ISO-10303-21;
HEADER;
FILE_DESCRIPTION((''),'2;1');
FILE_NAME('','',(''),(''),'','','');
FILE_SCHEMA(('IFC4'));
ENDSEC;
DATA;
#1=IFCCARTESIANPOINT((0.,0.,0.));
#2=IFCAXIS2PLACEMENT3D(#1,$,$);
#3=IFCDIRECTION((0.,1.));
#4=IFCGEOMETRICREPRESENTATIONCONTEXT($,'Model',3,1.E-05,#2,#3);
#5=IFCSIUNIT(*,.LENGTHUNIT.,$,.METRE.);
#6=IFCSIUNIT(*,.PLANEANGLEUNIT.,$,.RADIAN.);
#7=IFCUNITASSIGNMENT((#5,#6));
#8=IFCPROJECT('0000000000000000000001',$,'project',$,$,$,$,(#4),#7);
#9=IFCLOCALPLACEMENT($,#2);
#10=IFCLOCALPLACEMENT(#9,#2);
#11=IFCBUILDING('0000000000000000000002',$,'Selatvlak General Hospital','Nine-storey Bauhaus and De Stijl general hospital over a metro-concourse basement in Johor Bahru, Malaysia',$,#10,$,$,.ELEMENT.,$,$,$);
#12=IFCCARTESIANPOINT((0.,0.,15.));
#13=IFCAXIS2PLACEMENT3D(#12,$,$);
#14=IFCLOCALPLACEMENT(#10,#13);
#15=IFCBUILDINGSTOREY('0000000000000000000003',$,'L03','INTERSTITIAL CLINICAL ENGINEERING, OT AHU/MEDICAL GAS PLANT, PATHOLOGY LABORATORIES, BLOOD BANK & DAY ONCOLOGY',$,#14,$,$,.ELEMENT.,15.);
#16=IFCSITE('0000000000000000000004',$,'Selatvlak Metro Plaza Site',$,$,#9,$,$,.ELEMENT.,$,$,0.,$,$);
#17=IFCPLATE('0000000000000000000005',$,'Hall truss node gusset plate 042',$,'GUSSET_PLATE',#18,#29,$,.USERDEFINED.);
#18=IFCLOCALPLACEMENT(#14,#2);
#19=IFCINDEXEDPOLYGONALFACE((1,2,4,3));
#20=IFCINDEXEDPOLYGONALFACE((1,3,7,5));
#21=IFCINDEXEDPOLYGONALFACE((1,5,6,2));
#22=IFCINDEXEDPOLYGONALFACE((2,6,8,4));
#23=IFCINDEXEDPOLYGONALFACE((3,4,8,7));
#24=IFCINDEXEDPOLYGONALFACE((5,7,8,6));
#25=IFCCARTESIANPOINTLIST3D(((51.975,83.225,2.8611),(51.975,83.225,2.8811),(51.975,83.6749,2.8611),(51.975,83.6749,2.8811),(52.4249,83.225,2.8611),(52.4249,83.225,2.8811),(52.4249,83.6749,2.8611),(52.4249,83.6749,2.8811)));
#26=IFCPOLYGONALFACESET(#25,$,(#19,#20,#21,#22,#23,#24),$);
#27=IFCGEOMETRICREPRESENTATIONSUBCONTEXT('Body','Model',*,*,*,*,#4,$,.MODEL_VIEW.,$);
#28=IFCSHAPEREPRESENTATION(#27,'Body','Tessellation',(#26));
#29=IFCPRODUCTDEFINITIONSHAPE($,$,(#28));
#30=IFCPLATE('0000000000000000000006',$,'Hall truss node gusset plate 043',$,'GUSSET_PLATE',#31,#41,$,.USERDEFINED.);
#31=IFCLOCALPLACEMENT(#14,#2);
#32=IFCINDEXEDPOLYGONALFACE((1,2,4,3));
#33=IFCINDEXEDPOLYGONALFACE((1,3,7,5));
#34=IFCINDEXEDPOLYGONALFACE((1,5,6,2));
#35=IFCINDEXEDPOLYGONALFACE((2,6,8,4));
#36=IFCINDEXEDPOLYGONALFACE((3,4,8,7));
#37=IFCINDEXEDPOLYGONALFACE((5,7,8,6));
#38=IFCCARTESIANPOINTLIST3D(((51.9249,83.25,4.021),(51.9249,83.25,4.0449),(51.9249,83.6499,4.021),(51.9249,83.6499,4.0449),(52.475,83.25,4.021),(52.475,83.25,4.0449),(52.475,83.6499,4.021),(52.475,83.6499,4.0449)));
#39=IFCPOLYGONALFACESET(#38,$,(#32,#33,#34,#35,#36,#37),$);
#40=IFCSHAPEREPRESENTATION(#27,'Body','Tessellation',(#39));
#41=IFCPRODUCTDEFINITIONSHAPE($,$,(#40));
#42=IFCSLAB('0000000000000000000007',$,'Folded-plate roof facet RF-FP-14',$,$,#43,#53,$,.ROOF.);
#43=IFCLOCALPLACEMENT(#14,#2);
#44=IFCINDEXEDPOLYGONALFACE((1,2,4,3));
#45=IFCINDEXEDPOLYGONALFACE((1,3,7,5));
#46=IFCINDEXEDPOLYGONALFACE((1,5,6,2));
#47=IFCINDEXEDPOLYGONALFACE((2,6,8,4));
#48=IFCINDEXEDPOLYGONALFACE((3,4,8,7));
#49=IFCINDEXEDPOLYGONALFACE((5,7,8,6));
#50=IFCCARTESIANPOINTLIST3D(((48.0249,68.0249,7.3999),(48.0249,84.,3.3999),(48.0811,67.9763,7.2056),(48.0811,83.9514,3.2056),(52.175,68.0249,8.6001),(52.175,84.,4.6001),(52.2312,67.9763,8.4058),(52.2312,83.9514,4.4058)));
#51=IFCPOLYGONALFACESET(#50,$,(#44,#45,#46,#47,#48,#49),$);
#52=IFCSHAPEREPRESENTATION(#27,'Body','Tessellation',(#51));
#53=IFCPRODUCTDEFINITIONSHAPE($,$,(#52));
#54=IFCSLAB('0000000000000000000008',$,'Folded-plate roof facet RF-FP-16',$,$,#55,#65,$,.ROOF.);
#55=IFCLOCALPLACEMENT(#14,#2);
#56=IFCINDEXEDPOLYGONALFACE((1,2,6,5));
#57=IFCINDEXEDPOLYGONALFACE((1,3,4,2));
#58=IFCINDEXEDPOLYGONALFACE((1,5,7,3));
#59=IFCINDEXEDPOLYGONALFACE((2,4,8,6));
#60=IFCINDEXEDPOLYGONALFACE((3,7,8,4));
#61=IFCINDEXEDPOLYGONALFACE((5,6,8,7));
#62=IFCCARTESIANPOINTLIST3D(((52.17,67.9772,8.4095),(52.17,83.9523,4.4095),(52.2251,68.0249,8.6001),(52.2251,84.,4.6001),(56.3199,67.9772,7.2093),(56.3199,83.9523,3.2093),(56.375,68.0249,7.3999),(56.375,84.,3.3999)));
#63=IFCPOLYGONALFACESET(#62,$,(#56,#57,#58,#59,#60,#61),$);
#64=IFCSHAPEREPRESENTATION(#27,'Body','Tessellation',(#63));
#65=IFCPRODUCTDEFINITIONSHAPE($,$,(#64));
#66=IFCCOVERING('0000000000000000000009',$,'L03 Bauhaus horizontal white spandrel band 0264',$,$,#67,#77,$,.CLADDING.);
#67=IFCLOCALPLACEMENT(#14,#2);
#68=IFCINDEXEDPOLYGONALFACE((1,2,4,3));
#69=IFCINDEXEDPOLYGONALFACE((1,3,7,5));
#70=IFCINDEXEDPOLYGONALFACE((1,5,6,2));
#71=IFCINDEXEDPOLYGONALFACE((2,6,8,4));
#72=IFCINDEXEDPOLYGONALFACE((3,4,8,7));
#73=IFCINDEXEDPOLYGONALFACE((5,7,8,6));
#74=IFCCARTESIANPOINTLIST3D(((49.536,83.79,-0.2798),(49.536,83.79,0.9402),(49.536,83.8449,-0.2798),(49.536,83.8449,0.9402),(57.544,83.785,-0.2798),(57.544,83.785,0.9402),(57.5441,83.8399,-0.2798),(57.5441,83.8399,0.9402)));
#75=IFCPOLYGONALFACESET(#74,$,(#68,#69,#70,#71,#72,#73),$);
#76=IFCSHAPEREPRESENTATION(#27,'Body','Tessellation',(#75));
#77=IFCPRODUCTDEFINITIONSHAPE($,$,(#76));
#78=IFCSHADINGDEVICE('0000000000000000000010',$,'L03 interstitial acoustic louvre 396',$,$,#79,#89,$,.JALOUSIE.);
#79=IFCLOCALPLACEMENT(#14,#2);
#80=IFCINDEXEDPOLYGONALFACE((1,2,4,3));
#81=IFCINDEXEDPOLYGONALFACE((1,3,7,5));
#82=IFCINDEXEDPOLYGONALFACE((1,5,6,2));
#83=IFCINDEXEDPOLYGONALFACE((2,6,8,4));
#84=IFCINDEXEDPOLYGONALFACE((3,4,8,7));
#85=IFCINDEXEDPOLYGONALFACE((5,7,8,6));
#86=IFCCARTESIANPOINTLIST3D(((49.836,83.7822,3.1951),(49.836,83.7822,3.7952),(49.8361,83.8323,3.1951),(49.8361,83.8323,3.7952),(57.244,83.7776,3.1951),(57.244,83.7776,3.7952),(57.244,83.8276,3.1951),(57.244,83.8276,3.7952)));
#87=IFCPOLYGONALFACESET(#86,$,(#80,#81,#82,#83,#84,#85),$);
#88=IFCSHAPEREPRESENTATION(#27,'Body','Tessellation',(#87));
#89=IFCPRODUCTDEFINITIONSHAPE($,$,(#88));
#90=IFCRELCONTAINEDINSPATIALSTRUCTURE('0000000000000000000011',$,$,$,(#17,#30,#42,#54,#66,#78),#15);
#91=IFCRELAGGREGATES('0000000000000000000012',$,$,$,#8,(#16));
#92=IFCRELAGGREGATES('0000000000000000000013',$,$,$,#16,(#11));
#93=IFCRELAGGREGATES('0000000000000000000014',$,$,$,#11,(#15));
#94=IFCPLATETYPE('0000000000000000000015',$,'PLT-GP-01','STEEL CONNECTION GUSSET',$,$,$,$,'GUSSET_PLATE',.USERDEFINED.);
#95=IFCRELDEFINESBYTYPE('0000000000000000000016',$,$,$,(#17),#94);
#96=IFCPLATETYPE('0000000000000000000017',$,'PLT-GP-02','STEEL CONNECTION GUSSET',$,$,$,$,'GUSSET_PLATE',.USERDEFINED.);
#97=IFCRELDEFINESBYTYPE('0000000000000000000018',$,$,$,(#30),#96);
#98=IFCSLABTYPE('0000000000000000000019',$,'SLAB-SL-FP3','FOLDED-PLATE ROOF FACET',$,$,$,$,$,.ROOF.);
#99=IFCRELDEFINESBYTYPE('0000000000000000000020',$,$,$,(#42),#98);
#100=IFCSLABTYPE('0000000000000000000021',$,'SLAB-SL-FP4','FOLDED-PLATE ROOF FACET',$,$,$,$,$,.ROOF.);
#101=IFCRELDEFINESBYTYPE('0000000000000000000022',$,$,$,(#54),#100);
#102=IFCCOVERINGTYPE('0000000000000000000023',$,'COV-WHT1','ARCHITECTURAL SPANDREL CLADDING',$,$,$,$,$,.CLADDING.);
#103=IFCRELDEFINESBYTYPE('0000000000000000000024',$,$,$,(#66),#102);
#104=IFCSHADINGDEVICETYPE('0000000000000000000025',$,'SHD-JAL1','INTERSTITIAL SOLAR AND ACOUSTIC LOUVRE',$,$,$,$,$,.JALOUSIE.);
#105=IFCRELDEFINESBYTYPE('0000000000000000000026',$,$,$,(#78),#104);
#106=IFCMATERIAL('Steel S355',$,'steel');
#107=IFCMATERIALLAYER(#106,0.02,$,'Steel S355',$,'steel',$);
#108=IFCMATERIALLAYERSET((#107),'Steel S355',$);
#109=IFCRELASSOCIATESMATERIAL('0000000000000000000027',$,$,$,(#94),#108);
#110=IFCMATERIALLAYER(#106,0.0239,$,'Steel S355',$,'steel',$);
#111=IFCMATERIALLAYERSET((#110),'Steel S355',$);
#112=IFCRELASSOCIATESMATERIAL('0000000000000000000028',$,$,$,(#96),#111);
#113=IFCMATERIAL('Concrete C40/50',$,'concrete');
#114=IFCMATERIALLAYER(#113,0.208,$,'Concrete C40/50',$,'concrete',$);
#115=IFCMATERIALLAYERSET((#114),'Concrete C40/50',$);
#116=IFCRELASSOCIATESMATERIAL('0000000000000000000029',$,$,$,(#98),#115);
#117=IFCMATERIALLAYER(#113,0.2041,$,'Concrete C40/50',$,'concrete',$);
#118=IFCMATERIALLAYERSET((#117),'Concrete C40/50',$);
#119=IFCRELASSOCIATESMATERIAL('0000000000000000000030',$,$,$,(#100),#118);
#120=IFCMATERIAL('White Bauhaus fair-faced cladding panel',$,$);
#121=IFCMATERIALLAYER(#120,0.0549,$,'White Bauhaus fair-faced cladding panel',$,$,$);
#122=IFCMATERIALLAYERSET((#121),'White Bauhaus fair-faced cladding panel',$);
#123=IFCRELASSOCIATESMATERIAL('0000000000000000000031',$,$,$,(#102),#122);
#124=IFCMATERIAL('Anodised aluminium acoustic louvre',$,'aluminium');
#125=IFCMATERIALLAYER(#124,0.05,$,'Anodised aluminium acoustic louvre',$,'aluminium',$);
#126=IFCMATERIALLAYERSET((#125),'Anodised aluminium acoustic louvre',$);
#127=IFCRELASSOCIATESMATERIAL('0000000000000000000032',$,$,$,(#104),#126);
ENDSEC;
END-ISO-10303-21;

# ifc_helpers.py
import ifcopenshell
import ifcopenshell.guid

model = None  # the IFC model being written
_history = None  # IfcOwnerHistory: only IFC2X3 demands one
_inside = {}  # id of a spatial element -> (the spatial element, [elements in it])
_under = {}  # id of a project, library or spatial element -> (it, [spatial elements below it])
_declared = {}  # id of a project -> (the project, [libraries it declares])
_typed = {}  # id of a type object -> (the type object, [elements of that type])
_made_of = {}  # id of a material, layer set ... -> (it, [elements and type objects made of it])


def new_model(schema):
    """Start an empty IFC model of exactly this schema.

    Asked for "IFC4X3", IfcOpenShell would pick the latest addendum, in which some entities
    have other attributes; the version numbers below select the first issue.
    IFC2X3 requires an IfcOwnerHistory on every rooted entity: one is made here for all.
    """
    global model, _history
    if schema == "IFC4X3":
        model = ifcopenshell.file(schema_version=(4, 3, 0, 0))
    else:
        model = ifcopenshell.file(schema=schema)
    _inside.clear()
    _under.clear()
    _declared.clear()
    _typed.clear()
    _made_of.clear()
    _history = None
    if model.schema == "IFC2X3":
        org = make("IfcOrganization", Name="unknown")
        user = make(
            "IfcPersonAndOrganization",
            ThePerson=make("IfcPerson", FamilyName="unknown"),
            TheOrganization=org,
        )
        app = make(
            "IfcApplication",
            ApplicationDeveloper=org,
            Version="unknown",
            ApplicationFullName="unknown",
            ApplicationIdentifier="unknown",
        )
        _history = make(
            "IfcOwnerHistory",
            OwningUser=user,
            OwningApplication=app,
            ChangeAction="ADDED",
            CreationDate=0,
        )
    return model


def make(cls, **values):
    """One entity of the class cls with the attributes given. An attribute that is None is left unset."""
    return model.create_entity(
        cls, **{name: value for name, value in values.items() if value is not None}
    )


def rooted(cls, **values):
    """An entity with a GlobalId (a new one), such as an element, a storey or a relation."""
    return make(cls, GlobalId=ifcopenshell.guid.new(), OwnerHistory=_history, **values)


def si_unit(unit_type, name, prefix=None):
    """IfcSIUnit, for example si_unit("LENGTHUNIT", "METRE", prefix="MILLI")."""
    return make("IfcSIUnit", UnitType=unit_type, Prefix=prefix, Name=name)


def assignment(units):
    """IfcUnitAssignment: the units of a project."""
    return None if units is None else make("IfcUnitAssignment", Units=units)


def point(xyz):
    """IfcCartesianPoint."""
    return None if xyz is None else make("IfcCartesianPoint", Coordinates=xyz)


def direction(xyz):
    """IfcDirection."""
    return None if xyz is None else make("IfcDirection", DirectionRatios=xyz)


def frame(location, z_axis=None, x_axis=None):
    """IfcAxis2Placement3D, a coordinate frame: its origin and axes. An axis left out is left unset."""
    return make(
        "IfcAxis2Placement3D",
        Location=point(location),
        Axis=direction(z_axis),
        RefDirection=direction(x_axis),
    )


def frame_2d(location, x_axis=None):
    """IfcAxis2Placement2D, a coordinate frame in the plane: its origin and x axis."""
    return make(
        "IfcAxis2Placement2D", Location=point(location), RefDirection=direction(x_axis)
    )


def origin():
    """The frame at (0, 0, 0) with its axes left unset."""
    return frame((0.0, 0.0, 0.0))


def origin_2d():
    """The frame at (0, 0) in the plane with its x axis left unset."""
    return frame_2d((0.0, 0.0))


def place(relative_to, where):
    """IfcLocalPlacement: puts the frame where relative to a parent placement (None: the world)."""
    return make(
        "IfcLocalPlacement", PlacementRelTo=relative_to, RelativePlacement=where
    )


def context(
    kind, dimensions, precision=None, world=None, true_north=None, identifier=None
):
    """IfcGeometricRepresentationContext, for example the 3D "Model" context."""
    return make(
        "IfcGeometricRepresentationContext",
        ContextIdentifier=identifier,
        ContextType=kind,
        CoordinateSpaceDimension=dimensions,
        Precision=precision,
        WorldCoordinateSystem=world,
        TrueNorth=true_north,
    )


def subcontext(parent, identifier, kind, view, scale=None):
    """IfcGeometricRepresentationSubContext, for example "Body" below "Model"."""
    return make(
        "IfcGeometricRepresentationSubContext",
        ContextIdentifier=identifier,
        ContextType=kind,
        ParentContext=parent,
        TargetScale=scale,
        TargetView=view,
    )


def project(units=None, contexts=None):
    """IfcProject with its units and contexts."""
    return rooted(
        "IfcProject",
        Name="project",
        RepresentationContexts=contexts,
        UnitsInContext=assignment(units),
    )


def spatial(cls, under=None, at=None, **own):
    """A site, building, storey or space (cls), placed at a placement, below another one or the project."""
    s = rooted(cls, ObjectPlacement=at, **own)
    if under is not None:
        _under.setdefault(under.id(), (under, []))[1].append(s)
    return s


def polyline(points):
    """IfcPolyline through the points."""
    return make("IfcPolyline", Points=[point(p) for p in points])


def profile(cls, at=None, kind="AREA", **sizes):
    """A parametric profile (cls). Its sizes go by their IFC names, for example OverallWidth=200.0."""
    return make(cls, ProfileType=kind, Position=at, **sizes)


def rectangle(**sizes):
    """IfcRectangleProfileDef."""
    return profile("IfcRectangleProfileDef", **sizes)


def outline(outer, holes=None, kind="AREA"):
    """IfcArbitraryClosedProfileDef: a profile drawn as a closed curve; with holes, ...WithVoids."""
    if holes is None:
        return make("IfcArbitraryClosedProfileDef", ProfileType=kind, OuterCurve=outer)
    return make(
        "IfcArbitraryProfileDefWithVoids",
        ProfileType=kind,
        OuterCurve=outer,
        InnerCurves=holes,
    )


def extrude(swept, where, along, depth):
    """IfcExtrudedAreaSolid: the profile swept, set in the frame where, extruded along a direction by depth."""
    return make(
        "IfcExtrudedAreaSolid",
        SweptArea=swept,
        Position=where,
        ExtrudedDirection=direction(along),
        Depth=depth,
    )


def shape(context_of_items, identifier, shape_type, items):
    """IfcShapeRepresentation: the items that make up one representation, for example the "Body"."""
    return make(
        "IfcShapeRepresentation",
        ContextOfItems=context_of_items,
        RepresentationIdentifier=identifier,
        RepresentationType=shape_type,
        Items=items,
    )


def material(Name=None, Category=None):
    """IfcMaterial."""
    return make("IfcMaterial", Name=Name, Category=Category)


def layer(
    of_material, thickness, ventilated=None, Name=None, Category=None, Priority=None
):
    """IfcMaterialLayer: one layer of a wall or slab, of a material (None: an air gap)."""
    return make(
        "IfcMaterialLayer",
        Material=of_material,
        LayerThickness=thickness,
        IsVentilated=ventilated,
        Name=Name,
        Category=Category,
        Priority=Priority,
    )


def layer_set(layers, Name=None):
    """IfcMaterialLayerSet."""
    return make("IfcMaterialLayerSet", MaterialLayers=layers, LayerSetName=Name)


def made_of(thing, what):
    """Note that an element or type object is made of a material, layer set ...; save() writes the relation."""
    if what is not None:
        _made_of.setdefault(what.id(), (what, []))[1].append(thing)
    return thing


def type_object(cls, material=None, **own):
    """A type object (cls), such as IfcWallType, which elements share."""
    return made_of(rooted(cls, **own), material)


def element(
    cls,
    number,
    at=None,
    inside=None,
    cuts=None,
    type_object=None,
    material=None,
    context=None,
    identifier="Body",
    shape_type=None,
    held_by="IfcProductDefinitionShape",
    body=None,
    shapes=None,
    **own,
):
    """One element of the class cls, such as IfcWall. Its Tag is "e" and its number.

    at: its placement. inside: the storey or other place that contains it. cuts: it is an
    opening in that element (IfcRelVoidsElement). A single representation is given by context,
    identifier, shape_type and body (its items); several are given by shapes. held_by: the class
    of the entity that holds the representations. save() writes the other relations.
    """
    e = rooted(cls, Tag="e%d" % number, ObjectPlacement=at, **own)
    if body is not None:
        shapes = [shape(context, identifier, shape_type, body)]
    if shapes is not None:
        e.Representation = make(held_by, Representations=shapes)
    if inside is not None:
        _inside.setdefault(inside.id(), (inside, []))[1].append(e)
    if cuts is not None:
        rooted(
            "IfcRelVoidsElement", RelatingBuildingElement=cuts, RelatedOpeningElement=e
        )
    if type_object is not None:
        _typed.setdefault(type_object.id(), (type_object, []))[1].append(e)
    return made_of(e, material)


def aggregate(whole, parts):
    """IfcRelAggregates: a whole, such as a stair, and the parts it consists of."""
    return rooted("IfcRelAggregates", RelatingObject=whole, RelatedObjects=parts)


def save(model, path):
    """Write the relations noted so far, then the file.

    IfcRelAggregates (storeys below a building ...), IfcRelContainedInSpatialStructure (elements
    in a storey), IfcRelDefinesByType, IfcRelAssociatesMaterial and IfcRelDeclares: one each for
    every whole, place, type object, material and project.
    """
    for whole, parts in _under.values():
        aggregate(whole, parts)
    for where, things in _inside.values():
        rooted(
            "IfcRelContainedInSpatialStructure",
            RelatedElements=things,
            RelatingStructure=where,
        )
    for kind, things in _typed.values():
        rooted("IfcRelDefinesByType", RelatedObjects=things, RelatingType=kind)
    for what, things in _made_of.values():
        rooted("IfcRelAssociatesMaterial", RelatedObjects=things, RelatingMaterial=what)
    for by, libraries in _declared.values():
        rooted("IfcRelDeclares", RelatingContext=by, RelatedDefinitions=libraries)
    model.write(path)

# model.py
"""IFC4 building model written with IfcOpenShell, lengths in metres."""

from ifc_helpers import new_model, si_unit, direction, frame, origin, origin_2d, place, context, subcontext, project, spatial, polyline, rectangle, outline, extrude, material, layer, layer_set, type_object, element, save


model = new_model("IFC4")

# Units and contexts
model_context = context("Model", 3, precision=1e-05, world=origin(), true_north=direction((0.0, 1.0)))
body_context = subcontext(model_context, "Body", "Model", "MODEL_VIEW")
ifc_project = project(units=[si_unit("LENGTHUNIT", "METRE"), si_unit("PLANEANGLEUNIT", "RADIAN")], contexts=[model_context])

# Site, building, storey
site_placement = place(None, origin())
site = spatial("IfcSite", under=ifc_project, at=site_placement, Name="Selatvlak Metro Plaza Site", CompositionType="ELEMENT", RefElevation=0.0)
building_placement = place(site_placement, origin())
building = spatial("IfcBuilding", under=site, at=building_placement, Name="Selatvlak General Hospital", Description="Nine-storey Bauhaus and De Stijl general hospital over a metro-concourse basement in Johor Bahru, Malaysia", CompositionType="ELEMENT")
storey_placement = place(building_placement, frame((0.0, 0.0, 15.0)))
storey = spatial("IfcBuildingStorey", under=building, at=storey_placement, Name="L03", Description="INTERSTITIAL CLINICAL ENGINEERING, OT AHU/MEDICAL GAS PLANT, PATHOLOGY LABORATORIES, BLOOD BANK & DAY ONCOLOGY", CompositionType="ELEMENT", Elevation=15.0)

# Shared definitions
ifc_material_1 = material(Name="Steel S355", Category="steel")

# Plates
ifc_layer_1 = layer(ifc_material_1, 0.02, Name="Steel S355", Category="steel")
ifc_layer_set_1 = layer_set([ifc_layer_1], Name="Steel S355")
plate_type_1 = type_object("IfcPlateType", Name="PLT-GP-01", Description="STEEL CONNECTION GUSSET", ElementType="GUSSET_PLATE", PredefinedType="USERDEFINED", material=ifc_layer_set_1)
plate_1_placement = place(storey_placement, frame((52.2, 83.45, 2.8611), z_axis=(0.0, 0.0, 1.0), x_axis=(1.0, 0.0, 0.0)))
element("IfcPlate", 1, at=plate_1_placement, inside=storey, type_object=plate_type_1, Name="Hall truss node gusset plate 042", ObjectType="GUSSET_PLATE", PredefinedType="USERDEFINED", context=body_context, shape_type="SweptSolid", body=[
    extrude(rectangle(XDim=0.45, YDim=0.45, at=origin_2d()), origin(), (0.0, 0.0, 1.0), 0.02),
])
ifc_layer_2 = layer(ifc_material_1, 0.0239, Name="Steel S355", Category="steel")
ifc_layer_set_2 = layer_set([ifc_layer_2], Name="Steel S355")
plate_type_2 = type_object("IfcPlateType", Name="PLT-GP-02", Description="STEEL CONNECTION GUSSET", ElementType="GUSSET_PLATE", PredefinedType="USERDEFINED", material=ifc_layer_set_2)
plate_2_placement = place(storey_placement, frame((52.2, 83.45, 4.021), z_axis=(0.0, 0.0, 1.0), x_axis=(1.0, 0.0, 0.0)))
element("IfcPlate", 2, at=plate_2_placement, inside=storey, type_object=plate_type_2, Name="Hall truss node gusset plate 043", ObjectType="GUSSET_PLATE", PredefinedType="USERDEFINED", context=body_context, shape_type="SweptSolid", body=[
    extrude(rectangle(XDim=0.55, YDim=0.3999, at=origin_2d()), origin(), (0.0, 0.0, 1.0), 0.0239),
])

# Slabs
ifc_material_2 = material(Name="Concrete C40/50", Category="concrete")
ifc_layer_3 = layer(ifc_material_2, 0.208, Name="Concrete C40/50", Category="concrete")
ifc_layer_set_3 = layer_set([ifc_layer_3], Name="Concrete C40/50")
slab_type_1 = type_object("IfcSlabType", Name="SLAB-SL-FP3", Description="FOLDED-PLATE ROOF FACET", PredefinedType="ROOF", material=ifc_layer_set_3)
slab_1_placement = place(storey_placement, frame((48.0249, 68.0249, 7.3999), z_axis=(-0.270106, 0.233863, 0.933997), x_axis=(0.960636, 0.0, 0.27781)))
element("IfcSlab", 3, at=slab_1_placement, inside=storey, type_object=slab_type_1, Name="Folded-plate roof facet RF-FP-14", PredefinedType="ROOF", context=body_context, shape_type="SweptSolid", body=[
    extrude(outline(polyline([(0.0, 0.0), (4.3202, 0.0), (3.209, 16.4307), (-1.1112, 16.4307), (0.0, 0.0)])), origin(), (0.0, 0.0, -1.0), 0.208),
])
ifc_layer_4 = layer(ifc_material_2, 0.2041, Name="Concrete C40/50", Category="concrete")
ifc_layer_set_4 = layer_set([ifc_layer_4], Name="Concrete C40/50")
slab_type_2 = type_object("IfcSlabType", Name="SLAB-SL-FP4", Description="FOLDED-PLATE ROOF FACET", PredefinedType="ROOF", material=ifc_layer_set_4)
slab_2_placement = place(storey_placement, frame((52.2251, 68.0249, 8.6001), z_axis=(0.270121, 0.233862, 0.933993), x_axis=(0.960632, 0.0, -0.277825)))
element("IfcSlab", 4, at=slab_2_placement, inside=storey, type_object=slab_type_2, Name="Folded-plate roof facet RF-FP-16", PredefinedType="ROOF", context=body_context, shape_type="SweptSolid", body=[
    extrude(outline(polyline([(0.0, 0.0), (4.32, 0.0), (5.4313, 16.4307), (1.1113, 16.4307), (0.0, 0.0)])), origin(), (0.0, 0.0, -1.0), 0.2041),
])

# Covering
ifc_material_3 = material(Name="White Bauhaus fair-faced cladding panel")
ifc_layer_5 = layer(ifc_material_3, 0.0549, Name="White Bauhaus fair-faced cladding panel")
ifc_layer_set_5 = layer_set([ifc_layer_5], Name="White Bauhaus fair-faced cladding panel")
covering_type = type_object("IfcCoveringType", Name="COV-WHT1", Description="ARCHITECTURAL SPANDREL CLADDING", PredefinedType="CLADDING", material=ifc_layer_set_5)
covering_placement = place(storey_placement, frame((53.54, 83.8149, -0.2798), z_axis=(0.0, 0.0, 1.0), x_axis=(-1.0, 0.000628, 0.0)))
element("IfcCovering", 5, at=covering_placement, inside=storey, type_object=covering_type, Name="L03 Bauhaus horizontal white spandrel band 0264", PredefinedType="CLADDING", context=body_context, shape_type="SweptSolid", body=[
    extrude(rectangle(XDim=8.0081, YDim=0.0549, at=origin_2d()), origin(), (0.0, 0.0, 1.0), 1.22),
])

# Shading device
ifc_material_4 = material(Name="Anodised aluminium acoustic louvre", Category="aluminium")
ifc_layer_6 = layer(ifc_material_4, 0.05, Name="Anodised aluminium acoustic louvre", Category="aluminium")
ifc_layer_set_6 = layer_set([ifc_layer_6], Name="Anodised aluminium acoustic louvre")
shading_device_type = type_object("IfcShadingDeviceType", Name="SHD-JAL1", Description="INTERSTITIAL SOLAR AND ACOUSTIC LOUVRE", PredefinedType="JALOUSIE", material=ifc_layer_set_6)
shading_device_placement = place(storey_placement, frame((53.54, 83.8049, 3.1951), z_axis=(0.0, 0.0, 1.0), x_axis=(-1.0, 0.000628, 0.0)))
element("IfcShadingDevice", 6, at=shading_device_placement, inside=storey, type_object=shading_device_type, Name="L03 interstitial acoustic louvre 396", PredefinedType="JALOUSIE", context=body_context, shape_type="SweptSolid", body=[
    extrude(rectangle(XDim=7.408, YDim=0.05, at=origin_2d()), origin(), (0.0, 0.0, 1.0), 0.6001),
])

save(model, "model.ifc")
